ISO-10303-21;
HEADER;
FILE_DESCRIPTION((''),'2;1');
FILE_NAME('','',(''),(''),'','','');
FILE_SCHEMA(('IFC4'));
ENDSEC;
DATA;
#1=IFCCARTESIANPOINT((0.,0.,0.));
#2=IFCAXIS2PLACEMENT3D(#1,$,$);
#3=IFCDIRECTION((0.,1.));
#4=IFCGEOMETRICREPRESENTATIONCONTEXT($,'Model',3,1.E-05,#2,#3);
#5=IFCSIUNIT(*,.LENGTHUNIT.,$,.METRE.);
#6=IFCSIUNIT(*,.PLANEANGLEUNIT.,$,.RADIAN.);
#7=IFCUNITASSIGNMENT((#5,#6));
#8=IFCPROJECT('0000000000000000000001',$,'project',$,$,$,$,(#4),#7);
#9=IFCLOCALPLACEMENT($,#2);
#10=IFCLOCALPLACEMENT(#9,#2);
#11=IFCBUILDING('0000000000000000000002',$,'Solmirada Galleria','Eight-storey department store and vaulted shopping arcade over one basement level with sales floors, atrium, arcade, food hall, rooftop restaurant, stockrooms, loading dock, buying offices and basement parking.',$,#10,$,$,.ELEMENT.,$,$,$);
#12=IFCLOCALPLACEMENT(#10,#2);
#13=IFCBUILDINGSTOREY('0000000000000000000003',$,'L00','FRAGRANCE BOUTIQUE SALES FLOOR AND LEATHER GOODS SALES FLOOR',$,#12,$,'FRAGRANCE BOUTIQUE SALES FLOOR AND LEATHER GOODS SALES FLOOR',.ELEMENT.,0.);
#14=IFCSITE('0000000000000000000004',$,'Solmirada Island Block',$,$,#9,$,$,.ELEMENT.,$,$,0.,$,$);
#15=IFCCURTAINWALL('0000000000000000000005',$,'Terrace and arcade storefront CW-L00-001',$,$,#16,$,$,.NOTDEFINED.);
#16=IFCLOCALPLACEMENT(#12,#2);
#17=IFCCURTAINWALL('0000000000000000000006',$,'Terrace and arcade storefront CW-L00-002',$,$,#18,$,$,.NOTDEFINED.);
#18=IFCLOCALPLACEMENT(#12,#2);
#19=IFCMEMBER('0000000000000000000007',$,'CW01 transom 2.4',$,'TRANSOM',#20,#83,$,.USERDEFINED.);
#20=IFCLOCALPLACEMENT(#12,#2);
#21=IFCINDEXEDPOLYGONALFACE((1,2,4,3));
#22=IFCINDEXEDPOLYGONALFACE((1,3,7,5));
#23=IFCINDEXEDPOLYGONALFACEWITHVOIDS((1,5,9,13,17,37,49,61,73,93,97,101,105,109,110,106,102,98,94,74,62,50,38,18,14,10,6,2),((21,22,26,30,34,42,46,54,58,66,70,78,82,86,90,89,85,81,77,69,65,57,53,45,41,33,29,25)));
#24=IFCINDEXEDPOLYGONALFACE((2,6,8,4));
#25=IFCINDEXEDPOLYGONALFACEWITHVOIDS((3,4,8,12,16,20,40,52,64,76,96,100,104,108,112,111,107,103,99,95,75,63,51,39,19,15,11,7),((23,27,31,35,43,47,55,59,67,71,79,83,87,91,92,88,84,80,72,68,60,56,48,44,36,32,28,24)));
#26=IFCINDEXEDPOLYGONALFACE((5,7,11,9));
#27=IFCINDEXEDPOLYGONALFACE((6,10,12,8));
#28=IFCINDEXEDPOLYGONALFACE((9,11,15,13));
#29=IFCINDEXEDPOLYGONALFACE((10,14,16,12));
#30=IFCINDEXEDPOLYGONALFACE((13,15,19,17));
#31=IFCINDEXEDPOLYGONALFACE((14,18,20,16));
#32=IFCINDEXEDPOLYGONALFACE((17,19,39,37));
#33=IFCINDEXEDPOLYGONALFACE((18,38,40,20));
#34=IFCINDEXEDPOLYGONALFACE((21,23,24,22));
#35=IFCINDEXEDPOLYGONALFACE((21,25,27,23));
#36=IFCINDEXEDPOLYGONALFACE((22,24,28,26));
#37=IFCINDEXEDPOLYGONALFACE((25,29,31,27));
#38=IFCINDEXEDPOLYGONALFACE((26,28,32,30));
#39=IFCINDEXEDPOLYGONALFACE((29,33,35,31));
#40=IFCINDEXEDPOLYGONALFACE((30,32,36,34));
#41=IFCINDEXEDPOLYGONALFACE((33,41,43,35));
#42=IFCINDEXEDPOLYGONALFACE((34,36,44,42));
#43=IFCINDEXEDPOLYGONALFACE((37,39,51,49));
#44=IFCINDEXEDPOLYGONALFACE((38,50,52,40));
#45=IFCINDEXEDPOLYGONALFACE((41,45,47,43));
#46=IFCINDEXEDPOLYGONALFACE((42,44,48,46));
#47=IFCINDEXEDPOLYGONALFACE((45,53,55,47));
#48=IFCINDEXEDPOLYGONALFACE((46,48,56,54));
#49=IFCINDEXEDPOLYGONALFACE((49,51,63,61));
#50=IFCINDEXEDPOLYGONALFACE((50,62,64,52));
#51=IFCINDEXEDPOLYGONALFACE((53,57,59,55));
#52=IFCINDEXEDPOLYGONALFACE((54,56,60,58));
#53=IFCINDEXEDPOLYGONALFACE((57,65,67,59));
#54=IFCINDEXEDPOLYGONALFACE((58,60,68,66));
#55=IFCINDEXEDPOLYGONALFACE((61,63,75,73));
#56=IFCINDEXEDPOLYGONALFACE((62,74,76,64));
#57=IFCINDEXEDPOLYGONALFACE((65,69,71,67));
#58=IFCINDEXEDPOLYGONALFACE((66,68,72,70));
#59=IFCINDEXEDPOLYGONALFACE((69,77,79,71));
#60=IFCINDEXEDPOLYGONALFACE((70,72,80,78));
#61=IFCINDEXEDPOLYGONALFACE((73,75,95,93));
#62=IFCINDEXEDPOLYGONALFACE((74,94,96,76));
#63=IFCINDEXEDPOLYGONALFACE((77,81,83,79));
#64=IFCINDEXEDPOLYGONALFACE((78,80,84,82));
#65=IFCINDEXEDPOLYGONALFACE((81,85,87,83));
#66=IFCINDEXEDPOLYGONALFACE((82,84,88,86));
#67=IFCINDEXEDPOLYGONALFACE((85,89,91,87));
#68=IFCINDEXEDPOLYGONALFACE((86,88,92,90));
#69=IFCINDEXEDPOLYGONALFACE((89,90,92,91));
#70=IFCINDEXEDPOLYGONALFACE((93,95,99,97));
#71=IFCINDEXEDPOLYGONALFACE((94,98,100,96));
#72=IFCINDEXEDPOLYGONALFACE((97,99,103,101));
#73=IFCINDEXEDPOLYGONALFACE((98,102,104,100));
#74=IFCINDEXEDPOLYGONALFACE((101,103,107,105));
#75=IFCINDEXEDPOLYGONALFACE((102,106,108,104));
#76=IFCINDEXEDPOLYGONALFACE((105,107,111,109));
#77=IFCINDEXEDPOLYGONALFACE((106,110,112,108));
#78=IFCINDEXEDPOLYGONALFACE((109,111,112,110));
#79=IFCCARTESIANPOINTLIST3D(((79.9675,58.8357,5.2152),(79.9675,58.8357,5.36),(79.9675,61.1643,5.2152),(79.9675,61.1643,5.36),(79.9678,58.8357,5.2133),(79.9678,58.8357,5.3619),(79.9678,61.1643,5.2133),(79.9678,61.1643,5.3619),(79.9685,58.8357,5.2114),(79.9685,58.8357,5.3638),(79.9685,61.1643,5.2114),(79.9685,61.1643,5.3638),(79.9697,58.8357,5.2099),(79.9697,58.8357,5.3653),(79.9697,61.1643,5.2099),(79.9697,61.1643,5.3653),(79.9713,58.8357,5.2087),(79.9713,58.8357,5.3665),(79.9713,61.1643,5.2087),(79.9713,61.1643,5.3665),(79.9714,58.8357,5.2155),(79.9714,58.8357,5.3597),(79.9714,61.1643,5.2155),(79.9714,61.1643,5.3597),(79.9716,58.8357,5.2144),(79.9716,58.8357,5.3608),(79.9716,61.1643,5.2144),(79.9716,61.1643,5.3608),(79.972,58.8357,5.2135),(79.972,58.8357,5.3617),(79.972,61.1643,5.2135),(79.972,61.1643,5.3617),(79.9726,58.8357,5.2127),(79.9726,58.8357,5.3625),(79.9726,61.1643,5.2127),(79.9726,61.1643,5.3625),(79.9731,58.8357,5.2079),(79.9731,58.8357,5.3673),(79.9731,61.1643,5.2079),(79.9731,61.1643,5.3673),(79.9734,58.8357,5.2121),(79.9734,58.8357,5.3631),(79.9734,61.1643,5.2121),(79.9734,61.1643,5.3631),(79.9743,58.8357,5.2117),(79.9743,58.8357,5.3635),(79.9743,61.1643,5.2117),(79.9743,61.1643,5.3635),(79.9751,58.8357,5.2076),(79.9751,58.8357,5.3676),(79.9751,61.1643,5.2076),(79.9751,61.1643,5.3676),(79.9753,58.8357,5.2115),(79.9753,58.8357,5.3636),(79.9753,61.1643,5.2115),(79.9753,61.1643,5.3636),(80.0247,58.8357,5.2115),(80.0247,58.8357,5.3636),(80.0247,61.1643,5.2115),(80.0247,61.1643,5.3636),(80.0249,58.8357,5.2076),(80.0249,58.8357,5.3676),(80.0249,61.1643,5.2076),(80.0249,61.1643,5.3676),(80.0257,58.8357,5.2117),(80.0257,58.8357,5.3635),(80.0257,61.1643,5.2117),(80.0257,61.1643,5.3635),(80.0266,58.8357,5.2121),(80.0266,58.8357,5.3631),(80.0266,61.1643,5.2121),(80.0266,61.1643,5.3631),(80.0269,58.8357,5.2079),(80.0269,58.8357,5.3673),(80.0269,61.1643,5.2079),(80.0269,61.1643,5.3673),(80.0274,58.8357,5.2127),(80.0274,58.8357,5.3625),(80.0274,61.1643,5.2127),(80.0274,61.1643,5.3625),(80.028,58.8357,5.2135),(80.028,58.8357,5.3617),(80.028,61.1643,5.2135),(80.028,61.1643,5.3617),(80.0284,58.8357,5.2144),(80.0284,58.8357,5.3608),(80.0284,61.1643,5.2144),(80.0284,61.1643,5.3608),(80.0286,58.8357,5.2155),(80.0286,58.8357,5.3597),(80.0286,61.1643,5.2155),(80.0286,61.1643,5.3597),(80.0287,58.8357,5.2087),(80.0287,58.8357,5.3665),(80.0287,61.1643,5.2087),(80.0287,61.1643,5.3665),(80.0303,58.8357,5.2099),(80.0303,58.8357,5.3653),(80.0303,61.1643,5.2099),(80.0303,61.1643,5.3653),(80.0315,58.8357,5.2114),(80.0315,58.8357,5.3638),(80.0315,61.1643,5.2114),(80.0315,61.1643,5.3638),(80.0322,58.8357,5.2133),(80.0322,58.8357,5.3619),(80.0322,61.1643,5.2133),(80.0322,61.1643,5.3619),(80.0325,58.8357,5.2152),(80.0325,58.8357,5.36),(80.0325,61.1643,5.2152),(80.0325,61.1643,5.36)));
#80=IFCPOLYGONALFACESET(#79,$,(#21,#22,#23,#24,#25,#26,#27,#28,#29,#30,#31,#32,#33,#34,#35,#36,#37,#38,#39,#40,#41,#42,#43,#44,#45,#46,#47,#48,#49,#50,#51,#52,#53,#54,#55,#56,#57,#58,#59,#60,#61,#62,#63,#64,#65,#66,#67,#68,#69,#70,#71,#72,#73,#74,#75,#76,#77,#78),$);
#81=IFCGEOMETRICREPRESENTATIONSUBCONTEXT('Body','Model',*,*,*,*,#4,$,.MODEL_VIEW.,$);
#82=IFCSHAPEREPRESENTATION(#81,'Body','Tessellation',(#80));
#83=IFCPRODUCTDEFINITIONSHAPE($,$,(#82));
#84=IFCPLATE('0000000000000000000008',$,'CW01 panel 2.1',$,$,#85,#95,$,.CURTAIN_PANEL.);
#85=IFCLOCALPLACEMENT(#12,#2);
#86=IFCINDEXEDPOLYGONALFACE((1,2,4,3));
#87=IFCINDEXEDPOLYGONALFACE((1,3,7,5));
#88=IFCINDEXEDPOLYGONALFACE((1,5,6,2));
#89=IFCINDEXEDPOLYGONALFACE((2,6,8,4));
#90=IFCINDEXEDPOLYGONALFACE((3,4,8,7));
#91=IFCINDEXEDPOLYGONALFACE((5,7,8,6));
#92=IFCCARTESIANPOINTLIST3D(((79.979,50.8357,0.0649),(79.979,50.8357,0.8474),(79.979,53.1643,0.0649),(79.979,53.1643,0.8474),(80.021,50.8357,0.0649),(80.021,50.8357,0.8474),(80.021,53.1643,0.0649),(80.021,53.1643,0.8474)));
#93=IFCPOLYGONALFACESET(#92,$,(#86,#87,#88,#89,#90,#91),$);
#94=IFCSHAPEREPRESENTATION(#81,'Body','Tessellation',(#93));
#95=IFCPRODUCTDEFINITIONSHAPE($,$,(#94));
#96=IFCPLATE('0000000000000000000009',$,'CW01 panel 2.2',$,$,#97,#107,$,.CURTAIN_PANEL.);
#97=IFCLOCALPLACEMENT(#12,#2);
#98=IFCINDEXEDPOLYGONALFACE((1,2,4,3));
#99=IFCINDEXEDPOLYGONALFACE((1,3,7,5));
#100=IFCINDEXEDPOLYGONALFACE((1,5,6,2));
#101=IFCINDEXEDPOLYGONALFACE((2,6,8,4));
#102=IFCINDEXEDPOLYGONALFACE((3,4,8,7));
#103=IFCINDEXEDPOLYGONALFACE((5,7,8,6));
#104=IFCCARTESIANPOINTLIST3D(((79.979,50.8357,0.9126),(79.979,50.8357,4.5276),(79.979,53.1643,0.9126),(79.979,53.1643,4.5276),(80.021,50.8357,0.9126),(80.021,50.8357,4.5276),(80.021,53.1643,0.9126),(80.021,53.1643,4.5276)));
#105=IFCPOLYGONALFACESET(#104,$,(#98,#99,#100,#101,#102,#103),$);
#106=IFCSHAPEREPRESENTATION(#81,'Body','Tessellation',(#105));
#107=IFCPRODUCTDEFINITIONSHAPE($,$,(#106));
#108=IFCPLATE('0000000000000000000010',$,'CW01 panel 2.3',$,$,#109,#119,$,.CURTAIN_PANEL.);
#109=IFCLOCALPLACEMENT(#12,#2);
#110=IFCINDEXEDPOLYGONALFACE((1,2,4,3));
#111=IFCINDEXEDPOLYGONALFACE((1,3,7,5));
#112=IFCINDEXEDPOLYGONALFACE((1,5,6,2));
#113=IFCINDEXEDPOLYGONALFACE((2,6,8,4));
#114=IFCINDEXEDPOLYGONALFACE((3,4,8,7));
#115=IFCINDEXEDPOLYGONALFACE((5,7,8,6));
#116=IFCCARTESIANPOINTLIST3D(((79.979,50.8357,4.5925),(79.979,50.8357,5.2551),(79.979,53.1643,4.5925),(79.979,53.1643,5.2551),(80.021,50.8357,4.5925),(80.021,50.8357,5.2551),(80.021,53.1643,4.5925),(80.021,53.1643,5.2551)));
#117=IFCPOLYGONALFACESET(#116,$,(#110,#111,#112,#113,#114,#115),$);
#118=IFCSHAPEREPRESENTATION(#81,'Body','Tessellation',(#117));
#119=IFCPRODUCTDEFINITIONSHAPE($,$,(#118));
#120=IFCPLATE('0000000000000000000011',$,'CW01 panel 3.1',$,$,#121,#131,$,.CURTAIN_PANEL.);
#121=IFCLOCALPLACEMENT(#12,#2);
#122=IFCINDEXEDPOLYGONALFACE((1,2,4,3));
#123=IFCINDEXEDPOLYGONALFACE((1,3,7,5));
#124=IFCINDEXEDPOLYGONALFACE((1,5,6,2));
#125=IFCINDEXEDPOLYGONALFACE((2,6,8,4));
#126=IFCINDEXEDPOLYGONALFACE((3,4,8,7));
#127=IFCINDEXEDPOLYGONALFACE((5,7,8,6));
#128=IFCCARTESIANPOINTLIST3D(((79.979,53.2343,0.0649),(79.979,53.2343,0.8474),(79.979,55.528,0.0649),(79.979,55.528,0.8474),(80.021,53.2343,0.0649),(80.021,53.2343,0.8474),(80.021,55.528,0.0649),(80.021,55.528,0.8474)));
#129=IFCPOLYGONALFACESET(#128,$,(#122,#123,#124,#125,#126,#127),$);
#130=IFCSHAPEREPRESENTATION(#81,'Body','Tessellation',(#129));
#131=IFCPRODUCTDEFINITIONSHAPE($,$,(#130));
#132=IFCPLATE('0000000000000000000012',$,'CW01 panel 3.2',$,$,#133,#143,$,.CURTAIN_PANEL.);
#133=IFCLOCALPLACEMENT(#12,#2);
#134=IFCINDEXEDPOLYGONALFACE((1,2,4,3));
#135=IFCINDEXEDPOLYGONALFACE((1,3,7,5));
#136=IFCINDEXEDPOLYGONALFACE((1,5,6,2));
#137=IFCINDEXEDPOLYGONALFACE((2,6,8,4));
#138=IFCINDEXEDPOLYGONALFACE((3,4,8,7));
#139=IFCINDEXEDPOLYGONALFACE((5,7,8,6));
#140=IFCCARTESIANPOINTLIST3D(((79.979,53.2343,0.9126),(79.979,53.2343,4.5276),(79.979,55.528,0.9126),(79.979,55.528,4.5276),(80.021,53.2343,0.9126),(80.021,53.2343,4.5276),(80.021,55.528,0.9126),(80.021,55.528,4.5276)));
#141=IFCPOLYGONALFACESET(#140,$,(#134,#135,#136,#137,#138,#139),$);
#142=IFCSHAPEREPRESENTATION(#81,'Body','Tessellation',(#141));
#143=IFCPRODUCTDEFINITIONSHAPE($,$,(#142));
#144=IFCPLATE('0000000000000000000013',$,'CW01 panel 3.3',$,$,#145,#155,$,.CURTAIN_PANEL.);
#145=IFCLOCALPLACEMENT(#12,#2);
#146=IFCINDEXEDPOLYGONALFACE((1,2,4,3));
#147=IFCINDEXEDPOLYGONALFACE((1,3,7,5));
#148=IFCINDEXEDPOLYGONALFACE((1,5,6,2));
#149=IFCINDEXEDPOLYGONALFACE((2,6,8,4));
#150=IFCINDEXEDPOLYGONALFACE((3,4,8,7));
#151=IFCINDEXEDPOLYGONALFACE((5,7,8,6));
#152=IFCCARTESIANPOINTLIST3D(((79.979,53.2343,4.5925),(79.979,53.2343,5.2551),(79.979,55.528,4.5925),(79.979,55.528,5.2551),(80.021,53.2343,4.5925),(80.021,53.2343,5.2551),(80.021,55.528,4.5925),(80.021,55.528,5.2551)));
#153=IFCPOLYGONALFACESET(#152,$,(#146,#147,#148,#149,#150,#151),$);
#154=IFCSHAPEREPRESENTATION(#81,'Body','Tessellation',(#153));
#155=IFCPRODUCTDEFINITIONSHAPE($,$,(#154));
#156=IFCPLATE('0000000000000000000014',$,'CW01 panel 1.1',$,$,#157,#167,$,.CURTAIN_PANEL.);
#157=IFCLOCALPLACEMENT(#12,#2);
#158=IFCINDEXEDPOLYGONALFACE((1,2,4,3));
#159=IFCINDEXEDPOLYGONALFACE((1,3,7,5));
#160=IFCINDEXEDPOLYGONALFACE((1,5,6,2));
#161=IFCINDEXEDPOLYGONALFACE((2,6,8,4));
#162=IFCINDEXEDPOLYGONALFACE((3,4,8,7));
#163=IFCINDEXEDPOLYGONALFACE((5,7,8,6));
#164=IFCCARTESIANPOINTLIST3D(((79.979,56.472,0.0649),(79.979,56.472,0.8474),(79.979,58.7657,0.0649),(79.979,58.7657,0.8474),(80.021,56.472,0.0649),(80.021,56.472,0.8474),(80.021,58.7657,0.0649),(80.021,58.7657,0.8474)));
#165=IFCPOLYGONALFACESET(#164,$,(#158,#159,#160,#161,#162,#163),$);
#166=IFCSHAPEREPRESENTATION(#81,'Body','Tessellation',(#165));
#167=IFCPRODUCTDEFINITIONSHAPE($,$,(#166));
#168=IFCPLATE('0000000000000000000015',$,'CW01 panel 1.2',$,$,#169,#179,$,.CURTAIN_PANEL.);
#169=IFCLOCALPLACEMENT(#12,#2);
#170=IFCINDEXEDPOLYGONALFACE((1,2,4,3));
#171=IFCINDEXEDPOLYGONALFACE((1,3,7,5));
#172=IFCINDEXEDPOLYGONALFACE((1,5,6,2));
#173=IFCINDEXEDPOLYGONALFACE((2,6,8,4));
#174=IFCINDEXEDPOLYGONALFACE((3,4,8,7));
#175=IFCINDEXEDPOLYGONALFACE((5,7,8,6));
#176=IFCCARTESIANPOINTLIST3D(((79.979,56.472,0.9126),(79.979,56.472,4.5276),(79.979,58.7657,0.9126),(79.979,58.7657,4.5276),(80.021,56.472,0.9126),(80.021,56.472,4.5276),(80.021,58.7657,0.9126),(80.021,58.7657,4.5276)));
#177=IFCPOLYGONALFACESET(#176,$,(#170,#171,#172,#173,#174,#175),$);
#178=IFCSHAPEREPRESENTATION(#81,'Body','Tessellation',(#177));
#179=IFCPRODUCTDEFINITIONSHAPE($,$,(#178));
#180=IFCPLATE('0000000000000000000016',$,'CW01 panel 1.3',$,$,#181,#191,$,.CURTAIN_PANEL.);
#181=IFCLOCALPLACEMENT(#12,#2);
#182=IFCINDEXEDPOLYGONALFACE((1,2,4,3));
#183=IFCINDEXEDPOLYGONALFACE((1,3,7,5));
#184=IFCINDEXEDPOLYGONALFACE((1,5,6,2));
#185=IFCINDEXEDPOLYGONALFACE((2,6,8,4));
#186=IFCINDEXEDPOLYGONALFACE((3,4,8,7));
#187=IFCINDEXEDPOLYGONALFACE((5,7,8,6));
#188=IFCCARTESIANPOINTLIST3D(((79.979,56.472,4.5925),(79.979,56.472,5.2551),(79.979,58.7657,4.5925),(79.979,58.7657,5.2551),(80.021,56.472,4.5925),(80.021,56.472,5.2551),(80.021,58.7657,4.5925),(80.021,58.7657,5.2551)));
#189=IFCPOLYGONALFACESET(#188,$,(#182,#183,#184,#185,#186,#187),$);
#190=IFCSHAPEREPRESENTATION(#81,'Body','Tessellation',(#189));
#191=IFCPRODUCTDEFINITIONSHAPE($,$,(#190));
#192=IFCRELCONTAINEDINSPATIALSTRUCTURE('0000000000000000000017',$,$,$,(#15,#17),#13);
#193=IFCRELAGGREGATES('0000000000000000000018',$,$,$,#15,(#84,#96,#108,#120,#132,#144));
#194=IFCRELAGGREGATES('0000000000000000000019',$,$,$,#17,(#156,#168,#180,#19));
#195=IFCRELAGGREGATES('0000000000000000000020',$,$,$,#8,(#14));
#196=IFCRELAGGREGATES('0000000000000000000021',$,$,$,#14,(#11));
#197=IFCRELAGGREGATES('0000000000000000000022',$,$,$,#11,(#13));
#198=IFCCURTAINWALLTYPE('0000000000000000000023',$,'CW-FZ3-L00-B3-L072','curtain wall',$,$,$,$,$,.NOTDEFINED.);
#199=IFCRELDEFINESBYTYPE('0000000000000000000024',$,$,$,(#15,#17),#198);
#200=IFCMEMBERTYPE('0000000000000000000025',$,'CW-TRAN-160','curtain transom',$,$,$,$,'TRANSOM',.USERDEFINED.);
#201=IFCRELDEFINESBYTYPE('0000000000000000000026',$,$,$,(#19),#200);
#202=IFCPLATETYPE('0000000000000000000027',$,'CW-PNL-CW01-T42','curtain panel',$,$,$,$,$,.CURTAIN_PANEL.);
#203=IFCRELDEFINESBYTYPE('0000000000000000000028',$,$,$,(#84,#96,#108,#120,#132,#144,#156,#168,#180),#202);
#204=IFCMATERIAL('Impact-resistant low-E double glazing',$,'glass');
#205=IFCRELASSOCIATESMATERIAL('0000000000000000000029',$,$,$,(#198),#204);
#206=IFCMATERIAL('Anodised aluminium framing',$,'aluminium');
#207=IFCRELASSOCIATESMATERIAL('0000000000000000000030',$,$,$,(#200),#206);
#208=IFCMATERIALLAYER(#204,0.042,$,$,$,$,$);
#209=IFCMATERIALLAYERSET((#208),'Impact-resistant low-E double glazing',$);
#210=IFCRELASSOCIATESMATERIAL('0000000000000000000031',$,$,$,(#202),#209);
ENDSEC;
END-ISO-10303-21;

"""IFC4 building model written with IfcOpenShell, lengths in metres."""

from ifc_helpers import new_model, si_unit, direction, frame, origin, origin_2d, place, context, subcontext, project, spatial, rectangle, hollow_rectangle, extrude, material, layer, layer_set, material_profile, profile_set, type_object, element, aggregate, save


model = new_model("IFC4")

# Units and contexts
model_context = context("Model", 3, precision=1e-05, world=origin(), true_north=direction((0.0, 1.0)))
body_context = subcontext(model_context, "Body", "Model", "MODEL_VIEW")
ifc_project = project(units=[si_unit("LENGTHUNIT", "METRE"), si_unit("PLANEANGLEUNIT", "RADIAN")], contexts=[model_context])

# Site, building, storey
site_placement = place(None, origin())
site = spatial("IfcSite", under=ifc_project, at=site_placement, Name="Solmirada Island Block", CompositionType="ELEMENT", RefElevation=0.0)
building_placement = place(site_placement, origin())
building = spatial("IfcBuilding", under=site, at=building_placement, Name="Solmirada Galleria", Description="Eight-storey department store and vaulted shopping arcade over one basement level with sales floors, atrium, arcade, food hall, rooftop restaurant, stockrooms, loading dock, buying offices and basement parking.", CompositionType="ELEMENT")
storey_placement = place(building_placement, origin())
storey = spatial("IfcBuildingStorey", under=building, at=storey_placement, Name="L00", Description="FRAGRANCE BOUTIQUE SALES FLOOR AND LEATHER GOODS SALES FLOOR", LongName="FRAGRANCE BOUTIQUE SALES FLOOR AND LEATHER GOODS SALES FLOOR", CompositionType="ELEMENT", Elevation=0.0)

# Curtain walls
ifc_material_1 = material(Name="Impact-resistant low-E double glazing", Category="glass")
curtain_wall_type = type_object("IfcCurtainWallType", Name="CW-FZ3-L00-B3-L072", Description="curtain wall", PredefinedType="NOTDEFINED", material=ifc_material_1)
curtain_wall_1_placement = place(storey_placement, origin())
curtain_wall_1 = element("IfcCurtainWall", 1, at=curtain_wall_1_placement, inside=storey, type_object=curtain_wall_type, Name="Terrace and arcade storefront CW-L00-001", PredefinedType="NOTDEFINED")
ifc_material_2 = material(Name="Anodised aluminium framing", Category="aluminium")
curtain_wall_2_placement = place(storey_placement, origin())
curtain_wall_2 = element("IfcCurtainWall", 2, at=curtain_wall_2_placement, inside=storey, type_object=curtain_wall_type, Name="Terrace and arcade storefront CW-L00-002", PredefinedType="NOTDEFINED")

# Member
ifc_material_profile_1 = material_profile(ifc_material_2, hollow_rectangle(XDim=0.0649, YDim=0.1599, WallThickness=0.0039, InnerFilletRadius=0.0039, OuterFilletRadius=0.0076, at=origin_2d()), Name="ALU-TRAN-160X65")
ifc_profile_set_1 = profile_set([ifc_material_profile_1], Name="Anodised aluminium framing")
member_type_1 = type_object("IfcMemberType", Name="CW-TRAN-160", Description="curtain transom", ElementType="TRANSOM", PredefinedType="USERDEFINED", material=ifc_profile_set_1)
member_1_placement = place(storey_placement, frame((80.0, 58.8357, 5.2876), z_axis=(0.0, 1.0, 0.0), x_axis=(-1.0, 0.0, 0.0)))
member_1 = element("IfcMember", 3, at=member_1_placement, type_object=member_type_1, Name="CW01 transom 2.4", ObjectType="TRANSOM", PredefinedType="USERDEFINED", context=body_context, shape_type="SweptSolid", body=[
    extrude(hollow_rectangle(XDim=0.0649, YDim=0.1599, WallThickness=0.0039, InnerFilletRadius=0.0039, OuterFilletRadius=0.0076, at=origin_2d()), origin(), (0.0, 0.0, 1.0), 2.3286),
])

# Plates
ifc_layer = layer(ifc_material_1, 0.042)
ifc_layer_set = layer_set([ifc_layer], Name="Impact-resistant low-E double glazing")
plate_type = type_object("IfcPlateType", Name="CW-PNL-CW01-T42", Description="curtain panel", PredefinedType="CURTAIN_PANEL", material=ifc_layer_set)
plate_1_placement = place(storey_placement, frame((80.0, 52.0, 0.0649), z_axis=(0.0, 0.0, 1.0), x_axis=(0.0, 1.0, 0.0)))
plate_1 = element("IfcPlate", 4, at=plate_1_placement, type_object=plate_type, Name="CW01 panel 2.1", PredefinedType="CURTAIN_PANEL", context=body_context, shape_type="SweptSolid", body=[
    extrude(rectangle(XDim=2.3286, YDim=0.042, at=origin_2d()), origin(), (0.0, 0.0, 1.0), 0.7825),
])
plate_2_placement = place(storey_placement, frame((80.0, 52.0, 0.9126), z_axis=(0.0, 0.0, 1.0), x_axis=(0.0, 1.0, 0.0)))
plate_2 = element("IfcPlate", 5, at=plate_2_placement, type_object=plate_type, Name="CW01 panel 2.2", PredefinedType="CURTAIN_PANEL", context=body_context, shape_type="SweptSolid", body=[
    extrude(rectangle(XDim=2.3286, YDim=0.042, at=origin_2d()), origin(), (0.0, 0.0, 1.0), 3.615),
])
plate_3_placement = place(storey_placement, frame((80.0, 52.0, 4.5925), z_axis=(0.0, 0.0, 1.0), x_axis=(0.0, 1.0, 0.0)))
plate_3 = element("IfcPlate", 6, at=plate_3_placement, type_object=plate_type, Name="CW01 panel 2.3", PredefinedType="CURTAIN_PANEL", context=body_context, shape_type="SweptSolid", body=[
    extrude(rectangle(XDim=2.3286, YDim=0.042, at=origin_2d()), origin(), (0.0, 0.0, 1.0), 0.6626),
])
plate_4_placement = place(storey_placement, frame((80.0, 54.3811, 0.0649), z_axis=(0.0, 0.0, 1.0), x_axis=(0.0, 1.0, 0.0)))
plate_4 = element("IfcPlate", 7, at=plate_4_placement, type_object=plate_type, Name="CW01 panel 3.1", PredefinedType="CURTAIN_PANEL", context=body_context, shape_type="SweptSolid", body=[
    extrude(rectangle(XDim=2.2937, YDim=0.042, at=origin_2d()), origin(), (0.0, 0.0, 1.0), 0.7825),
])
plate_5_placement = place(storey_placement, frame((80.0, 54.3811, 0.9126), z_axis=(0.0, 0.0, 1.0), x_axis=(0.0, 1.0, 0.0)))
plate_5 = element("IfcPlate", 8, at=plate_5_placement, type_object=plate_type, Name="CW01 panel 3.2", PredefinedType="CURTAIN_PANEL", context=body_context, shape_type="SweptSolid", body=[
    extrude(rectangle(XDim=2.2937, YDim=0.042, at=origin_2d()), origin(), (0.0, 0.0, 1.0), 3.615),
])
plate_6_placement = place(storey_placement, frame((80.0, 54.3811, 4.5925), z_axis=(0.0, 0.0, 1.0), x_axis=(0.0, 1.0, 0.0)))
plate_6 = element("IfcPlate", 9, at=plate_6_placement, type_object=plate_type, Name="CW01 panel 3.3", PredefinedType="CURTAIN_PANEL", context=body_context, shape_type="SweptSolid", body=[
    extrude(rectangle(XDim=2.2937, YDim=0.042, at=origin_2d()), origin(), (0.0, 0.0, 1.0), 0.6626),
])
aggregate(curtain_wall_1, [plate_1, plate_2, plate_3, plate_4, plate_5, plate_6])
plate_7_placement = place(storey_placement, frame((80.0, 57.6189, 0.0649), z_axis=(0.0, 0.0, 1.0), x_axis=(0.0, 1.0, 0.0)))
plate_7 = element("IfcPlate", 10, at=plate_7_placement, type_object=plate_type, Name="CW01 panel 1.1", PredefinedType="CURTAIN_PANEL", context=body_context, shape_type="SweptSolid", body=[
    extrude(rectangle(XDim=2.2937, YDim=0.042, at=origin_2d()), origin(), (0.0, 0.0, 1.0), 0.7825),
])
plate_8_placement = place(storey_placement, frame((80.0, 57.6189, 0.9126), z_axis=(0.0, 0.0, 1.0), x_axis=(0.0, 1.0, 0.0)))
plate_8 = element("IfcPlate", 11, at=plate_8_placement, type_object=plate_type, Name="CW01 panel 1.2", PredefinedType="CURTAIN_PANEL", context=body_context, shape_type="SweptSolid", body=[
    extrude(rectangle(XDim=2.2937, YDim=0.042, at=origin_2d()), origin(), (0.0, 0.0, 1.0), 3.615),
])
plate_9_placement = place(storey_placement, frame((80.0, 57.6189, 4.5925), z_axis=(0.0, 0.0, 1.0), x_axis=(0.0, 1.0, 0.0)))
plate_9 = element("IfcPlate", 12, at=plate_9_placement, type_object=plate_type, Name="CW01 panel 1.3", PredefinedType="CURTAIN_PANEL", context=body_context, shape_type="SweptSolid", body=[
    extrude(rectangle(XDim=2.2937, YDim=0.042, at=origin_2d()), origin(), (0.0, 0.0, 1.0), 0.6626),
])
aggregate(curtain_wall_2, [plate_7, plate_8, plate_9, member_1])

save(model, "model.ifc")
